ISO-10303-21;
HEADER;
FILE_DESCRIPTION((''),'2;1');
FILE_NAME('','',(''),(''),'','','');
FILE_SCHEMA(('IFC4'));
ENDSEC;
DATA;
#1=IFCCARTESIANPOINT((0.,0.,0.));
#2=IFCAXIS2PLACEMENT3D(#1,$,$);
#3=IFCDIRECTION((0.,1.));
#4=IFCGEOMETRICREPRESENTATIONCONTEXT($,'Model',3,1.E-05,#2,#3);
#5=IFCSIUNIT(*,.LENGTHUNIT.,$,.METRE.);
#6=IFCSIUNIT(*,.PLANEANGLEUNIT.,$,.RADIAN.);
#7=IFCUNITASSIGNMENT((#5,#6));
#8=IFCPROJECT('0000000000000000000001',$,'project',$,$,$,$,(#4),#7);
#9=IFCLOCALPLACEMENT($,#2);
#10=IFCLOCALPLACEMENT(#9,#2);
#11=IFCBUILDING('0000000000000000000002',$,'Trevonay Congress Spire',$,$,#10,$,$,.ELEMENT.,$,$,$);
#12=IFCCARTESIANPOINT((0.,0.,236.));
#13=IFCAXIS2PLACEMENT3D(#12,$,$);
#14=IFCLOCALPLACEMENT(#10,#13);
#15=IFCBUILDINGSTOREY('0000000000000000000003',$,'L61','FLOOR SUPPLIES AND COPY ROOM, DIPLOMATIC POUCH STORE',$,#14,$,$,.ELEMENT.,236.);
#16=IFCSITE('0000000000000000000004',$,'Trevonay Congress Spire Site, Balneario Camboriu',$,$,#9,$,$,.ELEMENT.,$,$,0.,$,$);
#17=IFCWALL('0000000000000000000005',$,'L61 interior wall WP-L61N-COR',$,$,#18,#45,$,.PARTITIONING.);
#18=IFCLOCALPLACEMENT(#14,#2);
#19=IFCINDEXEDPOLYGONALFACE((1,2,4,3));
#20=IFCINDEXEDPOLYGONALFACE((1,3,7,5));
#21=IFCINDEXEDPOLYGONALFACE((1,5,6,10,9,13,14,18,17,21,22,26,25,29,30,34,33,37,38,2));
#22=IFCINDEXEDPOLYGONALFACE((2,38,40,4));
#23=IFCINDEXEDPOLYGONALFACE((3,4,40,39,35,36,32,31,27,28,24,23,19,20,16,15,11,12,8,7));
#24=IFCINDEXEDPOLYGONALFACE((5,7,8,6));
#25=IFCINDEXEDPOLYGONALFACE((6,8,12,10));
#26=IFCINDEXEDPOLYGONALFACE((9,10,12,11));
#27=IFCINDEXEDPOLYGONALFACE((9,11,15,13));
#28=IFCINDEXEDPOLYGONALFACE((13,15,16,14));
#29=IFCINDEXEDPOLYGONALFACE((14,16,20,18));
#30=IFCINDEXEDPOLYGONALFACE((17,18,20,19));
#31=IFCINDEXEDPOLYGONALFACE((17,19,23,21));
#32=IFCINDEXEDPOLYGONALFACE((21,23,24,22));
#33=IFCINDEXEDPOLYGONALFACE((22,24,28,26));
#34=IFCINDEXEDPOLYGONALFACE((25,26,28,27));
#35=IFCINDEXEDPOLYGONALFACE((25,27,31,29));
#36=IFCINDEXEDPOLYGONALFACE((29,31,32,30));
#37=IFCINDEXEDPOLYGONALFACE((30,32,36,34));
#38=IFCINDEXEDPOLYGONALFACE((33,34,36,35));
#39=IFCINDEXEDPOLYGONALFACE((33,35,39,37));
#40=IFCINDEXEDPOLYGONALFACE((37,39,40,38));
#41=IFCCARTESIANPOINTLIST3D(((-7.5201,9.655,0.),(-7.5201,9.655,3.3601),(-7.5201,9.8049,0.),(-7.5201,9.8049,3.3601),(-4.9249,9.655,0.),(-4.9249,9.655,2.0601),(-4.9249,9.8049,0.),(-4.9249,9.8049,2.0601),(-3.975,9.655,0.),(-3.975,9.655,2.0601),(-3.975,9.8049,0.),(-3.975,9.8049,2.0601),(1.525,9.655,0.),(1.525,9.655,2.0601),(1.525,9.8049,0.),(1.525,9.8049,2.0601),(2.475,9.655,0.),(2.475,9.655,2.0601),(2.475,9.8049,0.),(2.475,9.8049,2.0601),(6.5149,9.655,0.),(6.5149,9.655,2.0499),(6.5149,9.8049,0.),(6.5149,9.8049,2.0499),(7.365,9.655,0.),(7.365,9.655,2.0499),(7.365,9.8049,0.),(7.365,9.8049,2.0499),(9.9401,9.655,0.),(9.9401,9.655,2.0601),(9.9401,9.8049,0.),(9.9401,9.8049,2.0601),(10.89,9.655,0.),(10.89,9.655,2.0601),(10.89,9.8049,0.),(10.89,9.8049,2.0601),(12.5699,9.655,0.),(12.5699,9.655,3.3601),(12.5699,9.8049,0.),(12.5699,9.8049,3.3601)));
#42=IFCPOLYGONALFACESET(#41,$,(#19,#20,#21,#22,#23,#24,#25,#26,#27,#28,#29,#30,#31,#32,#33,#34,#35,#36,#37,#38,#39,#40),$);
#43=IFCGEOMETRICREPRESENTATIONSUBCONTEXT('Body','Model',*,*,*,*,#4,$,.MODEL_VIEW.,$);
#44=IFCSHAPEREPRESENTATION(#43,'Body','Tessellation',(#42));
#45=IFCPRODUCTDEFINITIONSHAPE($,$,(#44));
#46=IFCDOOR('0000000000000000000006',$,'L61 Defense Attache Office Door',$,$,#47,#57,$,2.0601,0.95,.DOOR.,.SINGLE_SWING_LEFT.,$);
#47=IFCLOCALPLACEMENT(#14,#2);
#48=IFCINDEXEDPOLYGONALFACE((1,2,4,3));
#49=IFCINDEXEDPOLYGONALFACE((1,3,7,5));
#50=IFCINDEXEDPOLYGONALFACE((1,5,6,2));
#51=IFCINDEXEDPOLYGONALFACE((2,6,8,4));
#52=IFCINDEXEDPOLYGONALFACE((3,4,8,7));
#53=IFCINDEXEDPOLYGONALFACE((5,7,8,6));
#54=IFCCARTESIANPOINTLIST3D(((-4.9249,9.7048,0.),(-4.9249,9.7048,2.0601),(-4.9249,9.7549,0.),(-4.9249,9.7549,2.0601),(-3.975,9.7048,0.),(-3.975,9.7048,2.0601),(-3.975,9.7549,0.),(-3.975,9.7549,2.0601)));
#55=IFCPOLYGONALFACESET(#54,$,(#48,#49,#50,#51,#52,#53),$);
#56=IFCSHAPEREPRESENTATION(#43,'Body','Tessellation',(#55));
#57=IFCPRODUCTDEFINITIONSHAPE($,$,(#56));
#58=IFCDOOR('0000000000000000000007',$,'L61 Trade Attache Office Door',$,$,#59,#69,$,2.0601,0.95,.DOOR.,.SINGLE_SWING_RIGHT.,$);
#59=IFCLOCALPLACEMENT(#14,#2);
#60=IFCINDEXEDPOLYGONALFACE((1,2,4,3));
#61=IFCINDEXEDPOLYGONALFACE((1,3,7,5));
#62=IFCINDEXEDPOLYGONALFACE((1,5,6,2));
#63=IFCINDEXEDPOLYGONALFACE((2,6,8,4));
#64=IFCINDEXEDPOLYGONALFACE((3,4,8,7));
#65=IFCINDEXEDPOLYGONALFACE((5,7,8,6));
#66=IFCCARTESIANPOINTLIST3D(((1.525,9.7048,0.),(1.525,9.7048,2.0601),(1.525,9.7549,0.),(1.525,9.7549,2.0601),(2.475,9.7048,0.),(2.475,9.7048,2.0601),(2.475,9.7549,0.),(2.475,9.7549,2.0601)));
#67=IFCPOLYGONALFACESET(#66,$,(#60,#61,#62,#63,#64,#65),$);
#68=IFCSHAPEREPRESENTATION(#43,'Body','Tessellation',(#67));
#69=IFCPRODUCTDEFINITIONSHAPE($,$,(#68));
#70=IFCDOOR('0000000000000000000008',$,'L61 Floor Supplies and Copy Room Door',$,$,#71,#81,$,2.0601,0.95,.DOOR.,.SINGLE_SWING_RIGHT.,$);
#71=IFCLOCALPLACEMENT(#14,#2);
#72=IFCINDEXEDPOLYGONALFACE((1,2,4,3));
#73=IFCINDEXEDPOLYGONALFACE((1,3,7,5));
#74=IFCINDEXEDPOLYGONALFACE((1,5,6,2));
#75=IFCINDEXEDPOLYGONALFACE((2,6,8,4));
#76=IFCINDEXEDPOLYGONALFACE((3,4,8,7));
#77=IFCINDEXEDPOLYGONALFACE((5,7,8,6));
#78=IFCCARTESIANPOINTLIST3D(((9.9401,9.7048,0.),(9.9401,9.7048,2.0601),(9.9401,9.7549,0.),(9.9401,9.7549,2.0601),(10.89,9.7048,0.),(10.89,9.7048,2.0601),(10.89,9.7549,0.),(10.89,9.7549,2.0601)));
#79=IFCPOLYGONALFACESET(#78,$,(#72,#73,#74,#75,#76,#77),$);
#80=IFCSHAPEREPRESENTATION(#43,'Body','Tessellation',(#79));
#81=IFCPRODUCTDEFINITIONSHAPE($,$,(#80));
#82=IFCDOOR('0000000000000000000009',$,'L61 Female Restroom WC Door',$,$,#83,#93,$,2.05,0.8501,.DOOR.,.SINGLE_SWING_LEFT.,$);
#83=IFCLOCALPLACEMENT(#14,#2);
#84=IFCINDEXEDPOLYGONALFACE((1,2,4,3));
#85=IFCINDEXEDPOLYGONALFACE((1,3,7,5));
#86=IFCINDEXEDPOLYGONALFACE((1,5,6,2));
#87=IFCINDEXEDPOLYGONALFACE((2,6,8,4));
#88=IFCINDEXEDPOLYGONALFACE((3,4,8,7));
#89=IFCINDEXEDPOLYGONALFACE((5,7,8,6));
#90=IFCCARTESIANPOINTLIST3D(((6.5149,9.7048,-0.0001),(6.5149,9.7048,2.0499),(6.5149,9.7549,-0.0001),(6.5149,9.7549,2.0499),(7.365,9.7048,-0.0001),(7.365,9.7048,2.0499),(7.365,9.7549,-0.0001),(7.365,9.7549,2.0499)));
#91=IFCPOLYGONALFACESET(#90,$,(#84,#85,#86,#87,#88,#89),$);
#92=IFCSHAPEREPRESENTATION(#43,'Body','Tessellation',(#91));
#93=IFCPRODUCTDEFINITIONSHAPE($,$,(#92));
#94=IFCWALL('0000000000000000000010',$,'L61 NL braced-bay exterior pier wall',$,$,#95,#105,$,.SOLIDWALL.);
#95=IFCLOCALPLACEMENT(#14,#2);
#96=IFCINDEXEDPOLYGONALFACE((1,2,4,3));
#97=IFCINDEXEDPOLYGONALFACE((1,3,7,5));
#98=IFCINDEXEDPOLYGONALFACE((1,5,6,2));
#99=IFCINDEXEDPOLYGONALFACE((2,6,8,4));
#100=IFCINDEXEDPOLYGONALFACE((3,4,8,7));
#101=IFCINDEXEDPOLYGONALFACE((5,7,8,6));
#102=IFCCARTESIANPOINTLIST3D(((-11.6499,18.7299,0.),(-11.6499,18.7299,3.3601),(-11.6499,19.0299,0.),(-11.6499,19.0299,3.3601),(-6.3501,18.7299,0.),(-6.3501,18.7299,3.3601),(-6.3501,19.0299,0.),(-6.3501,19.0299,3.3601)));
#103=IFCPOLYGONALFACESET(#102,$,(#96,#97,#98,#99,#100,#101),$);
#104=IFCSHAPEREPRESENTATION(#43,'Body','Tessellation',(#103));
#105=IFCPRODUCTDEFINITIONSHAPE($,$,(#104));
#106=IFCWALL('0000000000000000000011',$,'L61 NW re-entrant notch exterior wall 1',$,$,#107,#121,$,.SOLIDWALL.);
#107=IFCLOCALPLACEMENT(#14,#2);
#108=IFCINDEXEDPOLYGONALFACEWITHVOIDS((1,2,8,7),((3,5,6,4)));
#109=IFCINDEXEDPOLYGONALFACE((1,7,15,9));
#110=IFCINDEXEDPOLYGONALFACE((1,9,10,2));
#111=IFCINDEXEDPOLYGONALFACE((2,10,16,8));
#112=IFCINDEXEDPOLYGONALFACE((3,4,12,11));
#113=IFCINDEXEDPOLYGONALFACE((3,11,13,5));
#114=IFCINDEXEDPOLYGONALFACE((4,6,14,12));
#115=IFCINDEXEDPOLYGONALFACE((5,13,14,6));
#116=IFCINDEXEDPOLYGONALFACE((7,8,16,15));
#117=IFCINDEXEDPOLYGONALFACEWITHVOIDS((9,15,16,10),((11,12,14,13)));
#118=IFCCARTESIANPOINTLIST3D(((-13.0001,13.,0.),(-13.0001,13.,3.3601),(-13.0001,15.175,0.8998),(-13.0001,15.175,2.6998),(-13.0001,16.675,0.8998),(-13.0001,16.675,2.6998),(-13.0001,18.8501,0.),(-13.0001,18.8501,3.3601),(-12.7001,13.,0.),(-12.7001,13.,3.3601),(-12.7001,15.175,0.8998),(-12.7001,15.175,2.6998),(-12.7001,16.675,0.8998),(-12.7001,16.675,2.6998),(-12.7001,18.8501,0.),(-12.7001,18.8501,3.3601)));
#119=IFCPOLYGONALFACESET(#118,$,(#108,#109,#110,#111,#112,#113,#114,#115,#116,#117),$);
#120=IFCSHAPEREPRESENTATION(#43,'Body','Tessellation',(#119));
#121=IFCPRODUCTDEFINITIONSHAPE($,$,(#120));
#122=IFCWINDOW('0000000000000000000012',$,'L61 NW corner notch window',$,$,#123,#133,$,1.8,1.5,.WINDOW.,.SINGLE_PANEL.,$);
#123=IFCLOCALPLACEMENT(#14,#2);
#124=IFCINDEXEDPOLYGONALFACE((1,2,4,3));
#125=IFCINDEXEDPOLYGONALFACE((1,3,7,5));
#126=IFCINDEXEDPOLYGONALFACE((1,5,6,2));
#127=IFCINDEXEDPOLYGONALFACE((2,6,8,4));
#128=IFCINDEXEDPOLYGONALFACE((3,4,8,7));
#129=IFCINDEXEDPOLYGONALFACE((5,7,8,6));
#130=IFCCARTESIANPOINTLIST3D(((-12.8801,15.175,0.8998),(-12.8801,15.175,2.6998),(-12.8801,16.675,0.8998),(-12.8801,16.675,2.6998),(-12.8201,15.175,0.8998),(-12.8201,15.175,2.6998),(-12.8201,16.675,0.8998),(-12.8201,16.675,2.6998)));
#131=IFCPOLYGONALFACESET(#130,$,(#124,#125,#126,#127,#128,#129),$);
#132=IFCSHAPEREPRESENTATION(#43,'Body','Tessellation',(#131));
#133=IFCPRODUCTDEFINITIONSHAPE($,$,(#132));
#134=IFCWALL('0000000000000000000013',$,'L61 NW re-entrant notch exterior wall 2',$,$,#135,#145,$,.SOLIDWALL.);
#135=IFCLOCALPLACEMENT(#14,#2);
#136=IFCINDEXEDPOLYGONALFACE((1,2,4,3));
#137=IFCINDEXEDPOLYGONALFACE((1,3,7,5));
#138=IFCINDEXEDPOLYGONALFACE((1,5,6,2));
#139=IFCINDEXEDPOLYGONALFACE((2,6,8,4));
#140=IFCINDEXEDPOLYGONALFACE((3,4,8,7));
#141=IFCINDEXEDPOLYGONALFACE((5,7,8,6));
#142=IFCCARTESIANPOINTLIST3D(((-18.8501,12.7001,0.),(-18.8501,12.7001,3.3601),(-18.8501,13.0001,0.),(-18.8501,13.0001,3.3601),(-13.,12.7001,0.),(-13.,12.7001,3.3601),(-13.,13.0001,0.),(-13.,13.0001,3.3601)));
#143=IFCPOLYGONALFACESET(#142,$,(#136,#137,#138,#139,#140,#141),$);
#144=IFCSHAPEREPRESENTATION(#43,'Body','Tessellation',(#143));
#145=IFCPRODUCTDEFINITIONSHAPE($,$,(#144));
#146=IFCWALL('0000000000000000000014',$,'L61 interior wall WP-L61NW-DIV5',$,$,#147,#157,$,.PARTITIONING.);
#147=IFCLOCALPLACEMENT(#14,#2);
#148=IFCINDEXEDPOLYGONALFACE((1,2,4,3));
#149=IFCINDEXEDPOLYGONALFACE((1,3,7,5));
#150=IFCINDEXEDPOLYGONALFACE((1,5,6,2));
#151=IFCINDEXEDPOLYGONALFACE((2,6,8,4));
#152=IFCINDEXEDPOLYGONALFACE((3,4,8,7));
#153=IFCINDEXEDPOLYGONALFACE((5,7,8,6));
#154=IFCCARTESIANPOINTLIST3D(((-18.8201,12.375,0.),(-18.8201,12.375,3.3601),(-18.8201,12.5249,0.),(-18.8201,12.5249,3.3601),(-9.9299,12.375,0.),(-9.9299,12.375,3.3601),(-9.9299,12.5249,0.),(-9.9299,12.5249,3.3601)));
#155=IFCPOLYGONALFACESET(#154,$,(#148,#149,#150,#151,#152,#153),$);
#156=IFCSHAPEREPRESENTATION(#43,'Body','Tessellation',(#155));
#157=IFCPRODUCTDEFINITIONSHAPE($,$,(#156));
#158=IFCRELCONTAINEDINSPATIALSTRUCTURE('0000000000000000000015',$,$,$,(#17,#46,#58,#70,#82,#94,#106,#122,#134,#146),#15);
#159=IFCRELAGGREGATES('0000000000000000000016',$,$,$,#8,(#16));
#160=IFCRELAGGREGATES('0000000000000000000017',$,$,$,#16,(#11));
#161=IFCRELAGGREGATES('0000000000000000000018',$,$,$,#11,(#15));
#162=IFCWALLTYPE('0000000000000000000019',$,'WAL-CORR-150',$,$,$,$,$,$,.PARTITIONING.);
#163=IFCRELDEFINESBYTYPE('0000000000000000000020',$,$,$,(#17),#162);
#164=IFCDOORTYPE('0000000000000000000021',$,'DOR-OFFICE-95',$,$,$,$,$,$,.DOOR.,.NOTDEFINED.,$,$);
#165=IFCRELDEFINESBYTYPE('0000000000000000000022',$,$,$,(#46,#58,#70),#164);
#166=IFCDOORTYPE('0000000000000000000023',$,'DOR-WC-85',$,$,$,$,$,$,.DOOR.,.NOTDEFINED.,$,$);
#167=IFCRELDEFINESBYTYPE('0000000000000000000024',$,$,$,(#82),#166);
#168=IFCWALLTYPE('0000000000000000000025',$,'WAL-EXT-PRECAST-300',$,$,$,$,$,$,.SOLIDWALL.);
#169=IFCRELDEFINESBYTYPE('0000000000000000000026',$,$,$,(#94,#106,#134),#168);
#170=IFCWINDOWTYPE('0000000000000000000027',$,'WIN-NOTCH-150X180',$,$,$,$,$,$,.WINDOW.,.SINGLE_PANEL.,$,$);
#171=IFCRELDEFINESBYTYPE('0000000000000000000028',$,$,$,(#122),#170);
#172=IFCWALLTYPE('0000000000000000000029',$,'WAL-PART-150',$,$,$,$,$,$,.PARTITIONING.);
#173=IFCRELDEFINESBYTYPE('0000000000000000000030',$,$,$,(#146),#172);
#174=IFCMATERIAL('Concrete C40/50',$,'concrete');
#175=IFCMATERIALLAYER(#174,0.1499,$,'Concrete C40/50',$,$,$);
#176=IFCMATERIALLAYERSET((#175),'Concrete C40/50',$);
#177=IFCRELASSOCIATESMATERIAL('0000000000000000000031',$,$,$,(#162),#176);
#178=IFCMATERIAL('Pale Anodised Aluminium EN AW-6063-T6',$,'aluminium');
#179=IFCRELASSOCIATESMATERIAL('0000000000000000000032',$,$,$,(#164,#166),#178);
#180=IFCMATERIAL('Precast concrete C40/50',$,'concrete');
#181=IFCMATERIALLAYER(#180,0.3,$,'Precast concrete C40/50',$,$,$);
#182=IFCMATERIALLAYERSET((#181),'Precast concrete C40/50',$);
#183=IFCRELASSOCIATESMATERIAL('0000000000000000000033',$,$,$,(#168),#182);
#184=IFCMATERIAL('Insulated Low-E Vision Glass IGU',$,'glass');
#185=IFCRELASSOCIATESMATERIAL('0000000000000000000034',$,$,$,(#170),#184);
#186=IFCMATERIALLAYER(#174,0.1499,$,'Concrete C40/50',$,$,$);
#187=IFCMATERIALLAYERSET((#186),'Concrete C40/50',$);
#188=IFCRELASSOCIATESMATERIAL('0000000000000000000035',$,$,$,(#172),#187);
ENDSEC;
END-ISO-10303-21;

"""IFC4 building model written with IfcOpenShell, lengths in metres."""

from ifc_helpers import new_model, si_unit, direction, frame, frame_2d, origin, place, context, subcontext, project, spatial, rectangle, extrude, material, layer, layer_set, type_object, element, fill, save


model = new_model("IFC4")

# Units and contexts
model_context = context("Model", 3, precision=1e-05, world=origin(), true_north=direction((0.0, 1.0)))
body_context = subcontext(model_context, "Body", "Model", "MODEL_VIEW")
ifc_project = project(units=[si_unit("LENGTHUNIT", "METRE"), si_unit("PLANEANGLEUNIT", "RADIAN")], contexts=[model_context])

# Site, building, storey
site_placement = place(None, origin())
site = spatial("IfcSite", under=ifc_project, at=site_placement, Name="Trevonay Congress Spire Site, Balneario Camboriu", CompositionType="ELEMENT", RefElevation=0.0)
building_placement = place(site_placement, origin())
building = spatial("IfcBuilding", under=site, at=building_placement, Name="Trevonay Congress Spire", CompositionType="ELEMENT")
storey_placement = place(building_placement, frame((0.0, 0.0, 236.0)))
storey = spatial("IfcBuildingStorey", under=building, at=storey_placement, Name="L61", Description="FLOOR SUPPLIES AND COPY ROOM, DIPLOMATIC POUCH STORE", CompositionType="ELEMENT", Elevation=236.0)

# Wall, openings, doors
ifc_material_1 = material(Name="Concrete C40/50", Category="concrete")
ifc_layer_1 = layer(ifc_material_1, 0.1499, Name="Concrete C40/50")
ifc_layer_set_1 = layer_set([ifc_layer_1], Name="Concrete C40/50")
wall_type_1 = type_object("IfcWallType", Name="WAL-CORR-150", PredefinedType="PARTITIONING", material=ifc_layer_set_1)
wall_1_placement = place(storey_placement, frame((-7.52, 9.73, 0.0), z_axis=(0.0, 0.0, 1.0), x_axis=(1.0, 0.0, 0.0)))
wall_1 = element("IfcWall", 1, at=wall_1_placement, inside=storey, type_object=wall_type_1, Name="L61 interior wall WP-L61N-COR", PredefinedType="PARTITIONING", context=body_context, shape_type="SweptSolid", body=[
    extrude(rectangle(XDim=20.0901, YDim=0.1499, at=frame_2d((10.0449, 0.0))), origin(), (0.0, 0.0, 1.0), 3.3601),
])
opening_1_placement = place(wall_1_placement, frame((2.595, 0.0, 0.0)))
opening_1 = element("IfcOpeningElement", 2, at=opening_1_placement, cuts=wall_1, PredefinedType="OPENING", context=body_context, shape_type="SweptSolid", body=[
    extrude(rectangle(XDim=0.95, YDim=2.0601, at=frame_2d((0.4751, 1.03))), frame((0.0, 0.085, 0.0), z_axis=(0.0, -1.0, 0.0), x_axis=(1.0, 0.0, 0.0)), (0.0, 0.0, 1.0), 0.1699),
])
opening_2_placement = place(wall_1_placement, frame((9.0449, 0.0, 0.0)))
opening_2 = element("IfcOpeningElement", 3, at=opening_2_placement, cuts=wall_1, PredefinedType="OPENING", context=body_context, shape_type="SweptSolid", body=[
    extrude(rectangle(XDim=0.95, YDim=2.0601, at=frame_2d((0.4751, 1.03))), frame((0.0, 0.085, 0.0), z_axis=(0.0, -1.0, 0.0), x_axis=(1.0, 0.0, 0.0)), (0.0, 0.0, 1.0), 0.1699),
])
opening_3_placement = place(wall_1_placement, frame((14.0349, 0.0, 0.0)))
opening_3 = element("IfcOpeningElement", 4, at=opening_3_placement, cuts=wall_1, PredefinedType="OPENING", context=body_context, shape_type="SweptSolid", body=[
    extrude(rectangle(XDim=0.8501, YDim=2.05, at=frame_2d((0.425, 1.0249))), frame((0.0, 0.085, 0.0), z_axis=(0.0, -1.0, 0.0), x_axis=(1.0, 0.0, 0.0)), (0.0, 0.0, 1.0), 0.1699),
])
opening_4_placement = place(wall_1_placement, frame((17.46, 0.0, 0.0)))
opening_4 = element("IfcOpeningElement", 5, at=opening_4_placement, cuts=wall_1, PredefinedType="OPENING", context=body_context, shape_type="SweptSolid", body=[
    extrude(rectangle(XDim=0.95, YDim=2.0601, at=frame_2d((0.4751, 1.03))), frame((0.0, 0.085, 0.0), z_axis=(0.0, -1.0, 0.0), x_axis=(1.0, 0.0, 0.0)), (0.0, 0.0, 1.0), 0.1699),
])
ifc_material_2 = material(Name="Pale Anodised Aluminium EN AW-6063-T6", Category="aluminium")
door_type_1 = type_object("IfcDoorType", Name="DOR-OFFICE-95", OperationType="NOTDEFINED", PredefinedType="DOOR", material=ifc_material_2)
door_1_placement = place(opening_1_placement, origin())
door_1 = element("IfcDoor", 6, at=door_1_placement, inside=storey, type_object=door_type_1, Name="L61 Defense Attache Office Door", OperationType="SINGLE_SWING_LEFT", OverallHeight=2.0601, OverallWidth=0.95, PredefinedType="DOOR", context=body_context, shape_type="SweptSolid", body=[
    extrude(rectangle(XDim=0.95, YDim=2.0601, at=frame_2d((0.4751, 1.03))), frame((0.0, 0.0249, 0.0), z_axis=(0.0, -1.0, 0.0), x_axis=(1.0, 0.0, 0.0)), (0.0, 0.0, 1.0), 0.05),
])
fill(opening_1, door_1)
door_2_placement = place(opening_2_placement, origin())
door_2 = element("IfcDoor", 7, at=door_2_placement, inside=storey, type_object=door_type_1, Name="L61 Trade Attache Office Door", OperationType="SINGLE_SWING_RIGHT", OverallHeight=2.0601, OverallWidth=0.95, PredefinedType="DOOR", context=body_context, shape_type="SweptSolid", body=[
    extrude(rectangle(XDim=0.95, YDim=2.0601, at=frame_2d((0.4751, 1.03))), frame((0.0, 0.0249, 0.0), z_axis=(0.0, -1.0, 0.0), x_axis=(1.0, 0.0, 0.0)), (0.0, 0.0, 1.0), 0.05),
])
fill(opening_2, door_2)
door_3_placement = place(opening_4_placement, origin())
door_3 = element("IfcDoor", 8, at=door_3_placement, inside=storey, type_object=door_type_1, Name="L61 Floor Supplies and Copy Room Door", OperationType="SINGLE_SWING_RIGHT", OverallHeight=2.0601, OverallWidth=0.95, PredefinedType="DOOR", context=body_context, shape_type="SweptSolid", body=[
    extrude(rectangle(XDim=0.95, YDim=2.0601, at=frame_2d((0.4751, 1.03))), frame((0.0, 0.0249, 0.0), z_axis=(0.0, -1.0, 0.0), x_axis=(1.0, 0.0, 0.0)), (0.0, 0.0, 1.0), 0.05),
])
fill(opening_4, door_3)
door_type_2 = type_object("IfcDoorType", Name="DOR-WC-85", OperationType="NOTDEFINED", PredefinedType="DOOR", material=ifc_material_2)
door_4_placement = place(opening_3_placement, origin())
door_4 = element("IfcDoor", 9, at=door_4_placement, inside=storey, type_object=door_type_2, Name="L61 Female Restroom WC Door", OperationType="SINGLE_SWING_LEFT", OverallHeight=2.05, OverallWidth=0.8501, PredefinedType="DOOR", context=body_context, shape_type="SweptSolid", body=[
    extrude(rectangle(XDim=0.8501, YDim=2.05, at=frame_2d((0.425, 1.0249))), frame((0.0, 0.0249, 0.0), z_axis=(0.0, -1.0, 0.0), x_axis=(1.0, 0.0, 0.0)), (0.0, 0.0, 1.0), 0.05),
])
fill(opening_3, door_4)

# Wall
ifc_material_3 = material(Name="Precast concrete C40/50", Category="concrete")
ifc_layer_2 = layer(ifc_material_3, 0.3, Name="Precast concrete C40/50")
ifc_layer_set_2 = layer_set([ifc_layer_2], Name="Precast concrete C40/50")
wall_type_2 = type_object("IfcWallType", Name="WAL-EXT-PRECAST-300", PredefinedType="SOLIDWALL", material=ifc_layer_set_2)
wall_2_placement = place(storey_placement, frame((-11.6499, 18.8799, 0.0), z_axis=(0.0, 0.0, 1.0), x_axis=(1.0, 0.0, 0.0)))
element("IfcWall", 10, at=wall_2_placement, inside=storey, type_object=wall_type_2, Name="L61 NL braced-bay exterior pier wall", PredefinedType="SOLIDWALL", context=body_context, shape_type="SweptSolid", body=[
    extrude(rectangle(XDim=5.2998, YDim=0.3, at=frame_2d((2.6499, 0.0))), origin(), (0.0, 0.0, 1.0), 3.3601),
])

# Wall, opening, window
wall_3_placement = place(storey_placement, frame((-12.8501, 18.8501, 0.0), z_axis=(0.0, 0.0, 1.0), x_axis=(0.0, -1.0, 0.0)))
wall_3 = element("IfcWall", 11, at=wall_3_placement, inside=storey, type_object=wall_type_2, Name="L61 NW re-entrant notch exterior wall 1", PredefinedType="SOLIDWALL", context=body_context, shape_type="SweptSolid", body=[
    extrude(rectangle(XDim=5.8501, YDim=0.3, at=frame_2d((2.925, 0.0))), origin(), (0.0, 0.0, 1.0), 3.3601),
])
opening_5_placement = place(wall_3_placement, frame((2.175, 0.0, 0.8999)))
opening_5 = element("IfcOpeningElement", 12, at=opening_5_placement, cuts=wall_3, PredefinedType="OPENING", context=body_context, shape_type="SweptSolid", body=[
    extrude(rectangle(XDim=1.5, YDim=1.8, at=frame_2d((0.75, 0.8999))), frame((0.0, 0.1602, 0.0), z_axis=(0.0, -1.0, 0.0), x_axis=(1.0, 0.0, 0.0)), (0.0, 0.0, 1.0), 0.3201),
])
ifc_material_4 = material(Name="Insulated Low-E Vision Glass IGU", Category="glass")
window_type = type_object("IfcWindowType", Name="WIN-NOTCH-150X180", PartitioningType="SINGLE_PANEL", PredefinedType="WINDOW", material=ifc_material_4)
window_placement = place(opening_5_placement, origin())
window = element("IfcWindow", 13, at=window_placement, inside=storey, type_object=window_type, Name="L61 NW corner notch window", OverallHeight=1.8, OverallWidth=1.5, PartitioningType="SINGLE_PANEL", PredefinedType="WINDOW", context=body_context, shape_type="SweptSolid", body=[
    extrude(rectangle(XDim=1.5, YDim=1.8, at=frame_2d((0.75, 0.8999))), frame((0.0, 0.03, 0.0), z_axis=(0.0, -1.0, 0.0), x_axis=(1.0, 0.0, 0.0)), (0.0, 0.0, 1.0), 0.0601),
])
fill(opening_5, window)

# Walls
wall_4_placement = place(storey_placement, frame((-18.8501, 12.8501, 0.0), z_axis=(0.0, 0.0, 1.0), x_axis=(1.0, 0.0, 0.0)))
element("IfcWall", 14, at=wall_4_placement, inside=storey, type_object=wall_type_2, Name="L61 NW re-entrant notch exterior wall 2", PredefinedType="SOLIDWALL", context=body_context, shape_type="SweptSolid", body=[
    extrude(rectangle(XDim=5.8501, YDim=0.3, at=frame_2d((2.925, 0.0))), origin(), (0.0, 0.0, 1.0), 3.3601),
])
ifc_layer_3 = layer(ifc_material_1, 0.1499, Name="Concrete C40/50")
ifc_layer_set_3 = layer_set([ifc_layer_3], Name="Concrete C40/50")
wall_type_3 = type_object("IfcWallType", Name="WAL-PART-150", PredefinedType="PARTITIONING", material=ifc_layer_set_3)
wall_5_placement = place(storey_placement, frame((-18.8201, 12.45, 0.0), z_axis=(0.0, 0.0, 1.0), x_axis=(1.0, 0.0, 0.0)))
element("IfcWall", 15, at=wall_5_placement, inside=storey, type_object=wall_type_3, Name="L61 interior wall WP-L61NW-DIV5", PredefinedType="PARTITIONING", context=body_context, shape_type="SweptSolid", body=[
    extrude(rectangle(XDim=8.8901, YDim=0.1499, at=frame_2d((4.4451, 0.0))), origin(), (0.0, 0.0, 1.0), 3.3601),
])

save(model, "model.ifc")
